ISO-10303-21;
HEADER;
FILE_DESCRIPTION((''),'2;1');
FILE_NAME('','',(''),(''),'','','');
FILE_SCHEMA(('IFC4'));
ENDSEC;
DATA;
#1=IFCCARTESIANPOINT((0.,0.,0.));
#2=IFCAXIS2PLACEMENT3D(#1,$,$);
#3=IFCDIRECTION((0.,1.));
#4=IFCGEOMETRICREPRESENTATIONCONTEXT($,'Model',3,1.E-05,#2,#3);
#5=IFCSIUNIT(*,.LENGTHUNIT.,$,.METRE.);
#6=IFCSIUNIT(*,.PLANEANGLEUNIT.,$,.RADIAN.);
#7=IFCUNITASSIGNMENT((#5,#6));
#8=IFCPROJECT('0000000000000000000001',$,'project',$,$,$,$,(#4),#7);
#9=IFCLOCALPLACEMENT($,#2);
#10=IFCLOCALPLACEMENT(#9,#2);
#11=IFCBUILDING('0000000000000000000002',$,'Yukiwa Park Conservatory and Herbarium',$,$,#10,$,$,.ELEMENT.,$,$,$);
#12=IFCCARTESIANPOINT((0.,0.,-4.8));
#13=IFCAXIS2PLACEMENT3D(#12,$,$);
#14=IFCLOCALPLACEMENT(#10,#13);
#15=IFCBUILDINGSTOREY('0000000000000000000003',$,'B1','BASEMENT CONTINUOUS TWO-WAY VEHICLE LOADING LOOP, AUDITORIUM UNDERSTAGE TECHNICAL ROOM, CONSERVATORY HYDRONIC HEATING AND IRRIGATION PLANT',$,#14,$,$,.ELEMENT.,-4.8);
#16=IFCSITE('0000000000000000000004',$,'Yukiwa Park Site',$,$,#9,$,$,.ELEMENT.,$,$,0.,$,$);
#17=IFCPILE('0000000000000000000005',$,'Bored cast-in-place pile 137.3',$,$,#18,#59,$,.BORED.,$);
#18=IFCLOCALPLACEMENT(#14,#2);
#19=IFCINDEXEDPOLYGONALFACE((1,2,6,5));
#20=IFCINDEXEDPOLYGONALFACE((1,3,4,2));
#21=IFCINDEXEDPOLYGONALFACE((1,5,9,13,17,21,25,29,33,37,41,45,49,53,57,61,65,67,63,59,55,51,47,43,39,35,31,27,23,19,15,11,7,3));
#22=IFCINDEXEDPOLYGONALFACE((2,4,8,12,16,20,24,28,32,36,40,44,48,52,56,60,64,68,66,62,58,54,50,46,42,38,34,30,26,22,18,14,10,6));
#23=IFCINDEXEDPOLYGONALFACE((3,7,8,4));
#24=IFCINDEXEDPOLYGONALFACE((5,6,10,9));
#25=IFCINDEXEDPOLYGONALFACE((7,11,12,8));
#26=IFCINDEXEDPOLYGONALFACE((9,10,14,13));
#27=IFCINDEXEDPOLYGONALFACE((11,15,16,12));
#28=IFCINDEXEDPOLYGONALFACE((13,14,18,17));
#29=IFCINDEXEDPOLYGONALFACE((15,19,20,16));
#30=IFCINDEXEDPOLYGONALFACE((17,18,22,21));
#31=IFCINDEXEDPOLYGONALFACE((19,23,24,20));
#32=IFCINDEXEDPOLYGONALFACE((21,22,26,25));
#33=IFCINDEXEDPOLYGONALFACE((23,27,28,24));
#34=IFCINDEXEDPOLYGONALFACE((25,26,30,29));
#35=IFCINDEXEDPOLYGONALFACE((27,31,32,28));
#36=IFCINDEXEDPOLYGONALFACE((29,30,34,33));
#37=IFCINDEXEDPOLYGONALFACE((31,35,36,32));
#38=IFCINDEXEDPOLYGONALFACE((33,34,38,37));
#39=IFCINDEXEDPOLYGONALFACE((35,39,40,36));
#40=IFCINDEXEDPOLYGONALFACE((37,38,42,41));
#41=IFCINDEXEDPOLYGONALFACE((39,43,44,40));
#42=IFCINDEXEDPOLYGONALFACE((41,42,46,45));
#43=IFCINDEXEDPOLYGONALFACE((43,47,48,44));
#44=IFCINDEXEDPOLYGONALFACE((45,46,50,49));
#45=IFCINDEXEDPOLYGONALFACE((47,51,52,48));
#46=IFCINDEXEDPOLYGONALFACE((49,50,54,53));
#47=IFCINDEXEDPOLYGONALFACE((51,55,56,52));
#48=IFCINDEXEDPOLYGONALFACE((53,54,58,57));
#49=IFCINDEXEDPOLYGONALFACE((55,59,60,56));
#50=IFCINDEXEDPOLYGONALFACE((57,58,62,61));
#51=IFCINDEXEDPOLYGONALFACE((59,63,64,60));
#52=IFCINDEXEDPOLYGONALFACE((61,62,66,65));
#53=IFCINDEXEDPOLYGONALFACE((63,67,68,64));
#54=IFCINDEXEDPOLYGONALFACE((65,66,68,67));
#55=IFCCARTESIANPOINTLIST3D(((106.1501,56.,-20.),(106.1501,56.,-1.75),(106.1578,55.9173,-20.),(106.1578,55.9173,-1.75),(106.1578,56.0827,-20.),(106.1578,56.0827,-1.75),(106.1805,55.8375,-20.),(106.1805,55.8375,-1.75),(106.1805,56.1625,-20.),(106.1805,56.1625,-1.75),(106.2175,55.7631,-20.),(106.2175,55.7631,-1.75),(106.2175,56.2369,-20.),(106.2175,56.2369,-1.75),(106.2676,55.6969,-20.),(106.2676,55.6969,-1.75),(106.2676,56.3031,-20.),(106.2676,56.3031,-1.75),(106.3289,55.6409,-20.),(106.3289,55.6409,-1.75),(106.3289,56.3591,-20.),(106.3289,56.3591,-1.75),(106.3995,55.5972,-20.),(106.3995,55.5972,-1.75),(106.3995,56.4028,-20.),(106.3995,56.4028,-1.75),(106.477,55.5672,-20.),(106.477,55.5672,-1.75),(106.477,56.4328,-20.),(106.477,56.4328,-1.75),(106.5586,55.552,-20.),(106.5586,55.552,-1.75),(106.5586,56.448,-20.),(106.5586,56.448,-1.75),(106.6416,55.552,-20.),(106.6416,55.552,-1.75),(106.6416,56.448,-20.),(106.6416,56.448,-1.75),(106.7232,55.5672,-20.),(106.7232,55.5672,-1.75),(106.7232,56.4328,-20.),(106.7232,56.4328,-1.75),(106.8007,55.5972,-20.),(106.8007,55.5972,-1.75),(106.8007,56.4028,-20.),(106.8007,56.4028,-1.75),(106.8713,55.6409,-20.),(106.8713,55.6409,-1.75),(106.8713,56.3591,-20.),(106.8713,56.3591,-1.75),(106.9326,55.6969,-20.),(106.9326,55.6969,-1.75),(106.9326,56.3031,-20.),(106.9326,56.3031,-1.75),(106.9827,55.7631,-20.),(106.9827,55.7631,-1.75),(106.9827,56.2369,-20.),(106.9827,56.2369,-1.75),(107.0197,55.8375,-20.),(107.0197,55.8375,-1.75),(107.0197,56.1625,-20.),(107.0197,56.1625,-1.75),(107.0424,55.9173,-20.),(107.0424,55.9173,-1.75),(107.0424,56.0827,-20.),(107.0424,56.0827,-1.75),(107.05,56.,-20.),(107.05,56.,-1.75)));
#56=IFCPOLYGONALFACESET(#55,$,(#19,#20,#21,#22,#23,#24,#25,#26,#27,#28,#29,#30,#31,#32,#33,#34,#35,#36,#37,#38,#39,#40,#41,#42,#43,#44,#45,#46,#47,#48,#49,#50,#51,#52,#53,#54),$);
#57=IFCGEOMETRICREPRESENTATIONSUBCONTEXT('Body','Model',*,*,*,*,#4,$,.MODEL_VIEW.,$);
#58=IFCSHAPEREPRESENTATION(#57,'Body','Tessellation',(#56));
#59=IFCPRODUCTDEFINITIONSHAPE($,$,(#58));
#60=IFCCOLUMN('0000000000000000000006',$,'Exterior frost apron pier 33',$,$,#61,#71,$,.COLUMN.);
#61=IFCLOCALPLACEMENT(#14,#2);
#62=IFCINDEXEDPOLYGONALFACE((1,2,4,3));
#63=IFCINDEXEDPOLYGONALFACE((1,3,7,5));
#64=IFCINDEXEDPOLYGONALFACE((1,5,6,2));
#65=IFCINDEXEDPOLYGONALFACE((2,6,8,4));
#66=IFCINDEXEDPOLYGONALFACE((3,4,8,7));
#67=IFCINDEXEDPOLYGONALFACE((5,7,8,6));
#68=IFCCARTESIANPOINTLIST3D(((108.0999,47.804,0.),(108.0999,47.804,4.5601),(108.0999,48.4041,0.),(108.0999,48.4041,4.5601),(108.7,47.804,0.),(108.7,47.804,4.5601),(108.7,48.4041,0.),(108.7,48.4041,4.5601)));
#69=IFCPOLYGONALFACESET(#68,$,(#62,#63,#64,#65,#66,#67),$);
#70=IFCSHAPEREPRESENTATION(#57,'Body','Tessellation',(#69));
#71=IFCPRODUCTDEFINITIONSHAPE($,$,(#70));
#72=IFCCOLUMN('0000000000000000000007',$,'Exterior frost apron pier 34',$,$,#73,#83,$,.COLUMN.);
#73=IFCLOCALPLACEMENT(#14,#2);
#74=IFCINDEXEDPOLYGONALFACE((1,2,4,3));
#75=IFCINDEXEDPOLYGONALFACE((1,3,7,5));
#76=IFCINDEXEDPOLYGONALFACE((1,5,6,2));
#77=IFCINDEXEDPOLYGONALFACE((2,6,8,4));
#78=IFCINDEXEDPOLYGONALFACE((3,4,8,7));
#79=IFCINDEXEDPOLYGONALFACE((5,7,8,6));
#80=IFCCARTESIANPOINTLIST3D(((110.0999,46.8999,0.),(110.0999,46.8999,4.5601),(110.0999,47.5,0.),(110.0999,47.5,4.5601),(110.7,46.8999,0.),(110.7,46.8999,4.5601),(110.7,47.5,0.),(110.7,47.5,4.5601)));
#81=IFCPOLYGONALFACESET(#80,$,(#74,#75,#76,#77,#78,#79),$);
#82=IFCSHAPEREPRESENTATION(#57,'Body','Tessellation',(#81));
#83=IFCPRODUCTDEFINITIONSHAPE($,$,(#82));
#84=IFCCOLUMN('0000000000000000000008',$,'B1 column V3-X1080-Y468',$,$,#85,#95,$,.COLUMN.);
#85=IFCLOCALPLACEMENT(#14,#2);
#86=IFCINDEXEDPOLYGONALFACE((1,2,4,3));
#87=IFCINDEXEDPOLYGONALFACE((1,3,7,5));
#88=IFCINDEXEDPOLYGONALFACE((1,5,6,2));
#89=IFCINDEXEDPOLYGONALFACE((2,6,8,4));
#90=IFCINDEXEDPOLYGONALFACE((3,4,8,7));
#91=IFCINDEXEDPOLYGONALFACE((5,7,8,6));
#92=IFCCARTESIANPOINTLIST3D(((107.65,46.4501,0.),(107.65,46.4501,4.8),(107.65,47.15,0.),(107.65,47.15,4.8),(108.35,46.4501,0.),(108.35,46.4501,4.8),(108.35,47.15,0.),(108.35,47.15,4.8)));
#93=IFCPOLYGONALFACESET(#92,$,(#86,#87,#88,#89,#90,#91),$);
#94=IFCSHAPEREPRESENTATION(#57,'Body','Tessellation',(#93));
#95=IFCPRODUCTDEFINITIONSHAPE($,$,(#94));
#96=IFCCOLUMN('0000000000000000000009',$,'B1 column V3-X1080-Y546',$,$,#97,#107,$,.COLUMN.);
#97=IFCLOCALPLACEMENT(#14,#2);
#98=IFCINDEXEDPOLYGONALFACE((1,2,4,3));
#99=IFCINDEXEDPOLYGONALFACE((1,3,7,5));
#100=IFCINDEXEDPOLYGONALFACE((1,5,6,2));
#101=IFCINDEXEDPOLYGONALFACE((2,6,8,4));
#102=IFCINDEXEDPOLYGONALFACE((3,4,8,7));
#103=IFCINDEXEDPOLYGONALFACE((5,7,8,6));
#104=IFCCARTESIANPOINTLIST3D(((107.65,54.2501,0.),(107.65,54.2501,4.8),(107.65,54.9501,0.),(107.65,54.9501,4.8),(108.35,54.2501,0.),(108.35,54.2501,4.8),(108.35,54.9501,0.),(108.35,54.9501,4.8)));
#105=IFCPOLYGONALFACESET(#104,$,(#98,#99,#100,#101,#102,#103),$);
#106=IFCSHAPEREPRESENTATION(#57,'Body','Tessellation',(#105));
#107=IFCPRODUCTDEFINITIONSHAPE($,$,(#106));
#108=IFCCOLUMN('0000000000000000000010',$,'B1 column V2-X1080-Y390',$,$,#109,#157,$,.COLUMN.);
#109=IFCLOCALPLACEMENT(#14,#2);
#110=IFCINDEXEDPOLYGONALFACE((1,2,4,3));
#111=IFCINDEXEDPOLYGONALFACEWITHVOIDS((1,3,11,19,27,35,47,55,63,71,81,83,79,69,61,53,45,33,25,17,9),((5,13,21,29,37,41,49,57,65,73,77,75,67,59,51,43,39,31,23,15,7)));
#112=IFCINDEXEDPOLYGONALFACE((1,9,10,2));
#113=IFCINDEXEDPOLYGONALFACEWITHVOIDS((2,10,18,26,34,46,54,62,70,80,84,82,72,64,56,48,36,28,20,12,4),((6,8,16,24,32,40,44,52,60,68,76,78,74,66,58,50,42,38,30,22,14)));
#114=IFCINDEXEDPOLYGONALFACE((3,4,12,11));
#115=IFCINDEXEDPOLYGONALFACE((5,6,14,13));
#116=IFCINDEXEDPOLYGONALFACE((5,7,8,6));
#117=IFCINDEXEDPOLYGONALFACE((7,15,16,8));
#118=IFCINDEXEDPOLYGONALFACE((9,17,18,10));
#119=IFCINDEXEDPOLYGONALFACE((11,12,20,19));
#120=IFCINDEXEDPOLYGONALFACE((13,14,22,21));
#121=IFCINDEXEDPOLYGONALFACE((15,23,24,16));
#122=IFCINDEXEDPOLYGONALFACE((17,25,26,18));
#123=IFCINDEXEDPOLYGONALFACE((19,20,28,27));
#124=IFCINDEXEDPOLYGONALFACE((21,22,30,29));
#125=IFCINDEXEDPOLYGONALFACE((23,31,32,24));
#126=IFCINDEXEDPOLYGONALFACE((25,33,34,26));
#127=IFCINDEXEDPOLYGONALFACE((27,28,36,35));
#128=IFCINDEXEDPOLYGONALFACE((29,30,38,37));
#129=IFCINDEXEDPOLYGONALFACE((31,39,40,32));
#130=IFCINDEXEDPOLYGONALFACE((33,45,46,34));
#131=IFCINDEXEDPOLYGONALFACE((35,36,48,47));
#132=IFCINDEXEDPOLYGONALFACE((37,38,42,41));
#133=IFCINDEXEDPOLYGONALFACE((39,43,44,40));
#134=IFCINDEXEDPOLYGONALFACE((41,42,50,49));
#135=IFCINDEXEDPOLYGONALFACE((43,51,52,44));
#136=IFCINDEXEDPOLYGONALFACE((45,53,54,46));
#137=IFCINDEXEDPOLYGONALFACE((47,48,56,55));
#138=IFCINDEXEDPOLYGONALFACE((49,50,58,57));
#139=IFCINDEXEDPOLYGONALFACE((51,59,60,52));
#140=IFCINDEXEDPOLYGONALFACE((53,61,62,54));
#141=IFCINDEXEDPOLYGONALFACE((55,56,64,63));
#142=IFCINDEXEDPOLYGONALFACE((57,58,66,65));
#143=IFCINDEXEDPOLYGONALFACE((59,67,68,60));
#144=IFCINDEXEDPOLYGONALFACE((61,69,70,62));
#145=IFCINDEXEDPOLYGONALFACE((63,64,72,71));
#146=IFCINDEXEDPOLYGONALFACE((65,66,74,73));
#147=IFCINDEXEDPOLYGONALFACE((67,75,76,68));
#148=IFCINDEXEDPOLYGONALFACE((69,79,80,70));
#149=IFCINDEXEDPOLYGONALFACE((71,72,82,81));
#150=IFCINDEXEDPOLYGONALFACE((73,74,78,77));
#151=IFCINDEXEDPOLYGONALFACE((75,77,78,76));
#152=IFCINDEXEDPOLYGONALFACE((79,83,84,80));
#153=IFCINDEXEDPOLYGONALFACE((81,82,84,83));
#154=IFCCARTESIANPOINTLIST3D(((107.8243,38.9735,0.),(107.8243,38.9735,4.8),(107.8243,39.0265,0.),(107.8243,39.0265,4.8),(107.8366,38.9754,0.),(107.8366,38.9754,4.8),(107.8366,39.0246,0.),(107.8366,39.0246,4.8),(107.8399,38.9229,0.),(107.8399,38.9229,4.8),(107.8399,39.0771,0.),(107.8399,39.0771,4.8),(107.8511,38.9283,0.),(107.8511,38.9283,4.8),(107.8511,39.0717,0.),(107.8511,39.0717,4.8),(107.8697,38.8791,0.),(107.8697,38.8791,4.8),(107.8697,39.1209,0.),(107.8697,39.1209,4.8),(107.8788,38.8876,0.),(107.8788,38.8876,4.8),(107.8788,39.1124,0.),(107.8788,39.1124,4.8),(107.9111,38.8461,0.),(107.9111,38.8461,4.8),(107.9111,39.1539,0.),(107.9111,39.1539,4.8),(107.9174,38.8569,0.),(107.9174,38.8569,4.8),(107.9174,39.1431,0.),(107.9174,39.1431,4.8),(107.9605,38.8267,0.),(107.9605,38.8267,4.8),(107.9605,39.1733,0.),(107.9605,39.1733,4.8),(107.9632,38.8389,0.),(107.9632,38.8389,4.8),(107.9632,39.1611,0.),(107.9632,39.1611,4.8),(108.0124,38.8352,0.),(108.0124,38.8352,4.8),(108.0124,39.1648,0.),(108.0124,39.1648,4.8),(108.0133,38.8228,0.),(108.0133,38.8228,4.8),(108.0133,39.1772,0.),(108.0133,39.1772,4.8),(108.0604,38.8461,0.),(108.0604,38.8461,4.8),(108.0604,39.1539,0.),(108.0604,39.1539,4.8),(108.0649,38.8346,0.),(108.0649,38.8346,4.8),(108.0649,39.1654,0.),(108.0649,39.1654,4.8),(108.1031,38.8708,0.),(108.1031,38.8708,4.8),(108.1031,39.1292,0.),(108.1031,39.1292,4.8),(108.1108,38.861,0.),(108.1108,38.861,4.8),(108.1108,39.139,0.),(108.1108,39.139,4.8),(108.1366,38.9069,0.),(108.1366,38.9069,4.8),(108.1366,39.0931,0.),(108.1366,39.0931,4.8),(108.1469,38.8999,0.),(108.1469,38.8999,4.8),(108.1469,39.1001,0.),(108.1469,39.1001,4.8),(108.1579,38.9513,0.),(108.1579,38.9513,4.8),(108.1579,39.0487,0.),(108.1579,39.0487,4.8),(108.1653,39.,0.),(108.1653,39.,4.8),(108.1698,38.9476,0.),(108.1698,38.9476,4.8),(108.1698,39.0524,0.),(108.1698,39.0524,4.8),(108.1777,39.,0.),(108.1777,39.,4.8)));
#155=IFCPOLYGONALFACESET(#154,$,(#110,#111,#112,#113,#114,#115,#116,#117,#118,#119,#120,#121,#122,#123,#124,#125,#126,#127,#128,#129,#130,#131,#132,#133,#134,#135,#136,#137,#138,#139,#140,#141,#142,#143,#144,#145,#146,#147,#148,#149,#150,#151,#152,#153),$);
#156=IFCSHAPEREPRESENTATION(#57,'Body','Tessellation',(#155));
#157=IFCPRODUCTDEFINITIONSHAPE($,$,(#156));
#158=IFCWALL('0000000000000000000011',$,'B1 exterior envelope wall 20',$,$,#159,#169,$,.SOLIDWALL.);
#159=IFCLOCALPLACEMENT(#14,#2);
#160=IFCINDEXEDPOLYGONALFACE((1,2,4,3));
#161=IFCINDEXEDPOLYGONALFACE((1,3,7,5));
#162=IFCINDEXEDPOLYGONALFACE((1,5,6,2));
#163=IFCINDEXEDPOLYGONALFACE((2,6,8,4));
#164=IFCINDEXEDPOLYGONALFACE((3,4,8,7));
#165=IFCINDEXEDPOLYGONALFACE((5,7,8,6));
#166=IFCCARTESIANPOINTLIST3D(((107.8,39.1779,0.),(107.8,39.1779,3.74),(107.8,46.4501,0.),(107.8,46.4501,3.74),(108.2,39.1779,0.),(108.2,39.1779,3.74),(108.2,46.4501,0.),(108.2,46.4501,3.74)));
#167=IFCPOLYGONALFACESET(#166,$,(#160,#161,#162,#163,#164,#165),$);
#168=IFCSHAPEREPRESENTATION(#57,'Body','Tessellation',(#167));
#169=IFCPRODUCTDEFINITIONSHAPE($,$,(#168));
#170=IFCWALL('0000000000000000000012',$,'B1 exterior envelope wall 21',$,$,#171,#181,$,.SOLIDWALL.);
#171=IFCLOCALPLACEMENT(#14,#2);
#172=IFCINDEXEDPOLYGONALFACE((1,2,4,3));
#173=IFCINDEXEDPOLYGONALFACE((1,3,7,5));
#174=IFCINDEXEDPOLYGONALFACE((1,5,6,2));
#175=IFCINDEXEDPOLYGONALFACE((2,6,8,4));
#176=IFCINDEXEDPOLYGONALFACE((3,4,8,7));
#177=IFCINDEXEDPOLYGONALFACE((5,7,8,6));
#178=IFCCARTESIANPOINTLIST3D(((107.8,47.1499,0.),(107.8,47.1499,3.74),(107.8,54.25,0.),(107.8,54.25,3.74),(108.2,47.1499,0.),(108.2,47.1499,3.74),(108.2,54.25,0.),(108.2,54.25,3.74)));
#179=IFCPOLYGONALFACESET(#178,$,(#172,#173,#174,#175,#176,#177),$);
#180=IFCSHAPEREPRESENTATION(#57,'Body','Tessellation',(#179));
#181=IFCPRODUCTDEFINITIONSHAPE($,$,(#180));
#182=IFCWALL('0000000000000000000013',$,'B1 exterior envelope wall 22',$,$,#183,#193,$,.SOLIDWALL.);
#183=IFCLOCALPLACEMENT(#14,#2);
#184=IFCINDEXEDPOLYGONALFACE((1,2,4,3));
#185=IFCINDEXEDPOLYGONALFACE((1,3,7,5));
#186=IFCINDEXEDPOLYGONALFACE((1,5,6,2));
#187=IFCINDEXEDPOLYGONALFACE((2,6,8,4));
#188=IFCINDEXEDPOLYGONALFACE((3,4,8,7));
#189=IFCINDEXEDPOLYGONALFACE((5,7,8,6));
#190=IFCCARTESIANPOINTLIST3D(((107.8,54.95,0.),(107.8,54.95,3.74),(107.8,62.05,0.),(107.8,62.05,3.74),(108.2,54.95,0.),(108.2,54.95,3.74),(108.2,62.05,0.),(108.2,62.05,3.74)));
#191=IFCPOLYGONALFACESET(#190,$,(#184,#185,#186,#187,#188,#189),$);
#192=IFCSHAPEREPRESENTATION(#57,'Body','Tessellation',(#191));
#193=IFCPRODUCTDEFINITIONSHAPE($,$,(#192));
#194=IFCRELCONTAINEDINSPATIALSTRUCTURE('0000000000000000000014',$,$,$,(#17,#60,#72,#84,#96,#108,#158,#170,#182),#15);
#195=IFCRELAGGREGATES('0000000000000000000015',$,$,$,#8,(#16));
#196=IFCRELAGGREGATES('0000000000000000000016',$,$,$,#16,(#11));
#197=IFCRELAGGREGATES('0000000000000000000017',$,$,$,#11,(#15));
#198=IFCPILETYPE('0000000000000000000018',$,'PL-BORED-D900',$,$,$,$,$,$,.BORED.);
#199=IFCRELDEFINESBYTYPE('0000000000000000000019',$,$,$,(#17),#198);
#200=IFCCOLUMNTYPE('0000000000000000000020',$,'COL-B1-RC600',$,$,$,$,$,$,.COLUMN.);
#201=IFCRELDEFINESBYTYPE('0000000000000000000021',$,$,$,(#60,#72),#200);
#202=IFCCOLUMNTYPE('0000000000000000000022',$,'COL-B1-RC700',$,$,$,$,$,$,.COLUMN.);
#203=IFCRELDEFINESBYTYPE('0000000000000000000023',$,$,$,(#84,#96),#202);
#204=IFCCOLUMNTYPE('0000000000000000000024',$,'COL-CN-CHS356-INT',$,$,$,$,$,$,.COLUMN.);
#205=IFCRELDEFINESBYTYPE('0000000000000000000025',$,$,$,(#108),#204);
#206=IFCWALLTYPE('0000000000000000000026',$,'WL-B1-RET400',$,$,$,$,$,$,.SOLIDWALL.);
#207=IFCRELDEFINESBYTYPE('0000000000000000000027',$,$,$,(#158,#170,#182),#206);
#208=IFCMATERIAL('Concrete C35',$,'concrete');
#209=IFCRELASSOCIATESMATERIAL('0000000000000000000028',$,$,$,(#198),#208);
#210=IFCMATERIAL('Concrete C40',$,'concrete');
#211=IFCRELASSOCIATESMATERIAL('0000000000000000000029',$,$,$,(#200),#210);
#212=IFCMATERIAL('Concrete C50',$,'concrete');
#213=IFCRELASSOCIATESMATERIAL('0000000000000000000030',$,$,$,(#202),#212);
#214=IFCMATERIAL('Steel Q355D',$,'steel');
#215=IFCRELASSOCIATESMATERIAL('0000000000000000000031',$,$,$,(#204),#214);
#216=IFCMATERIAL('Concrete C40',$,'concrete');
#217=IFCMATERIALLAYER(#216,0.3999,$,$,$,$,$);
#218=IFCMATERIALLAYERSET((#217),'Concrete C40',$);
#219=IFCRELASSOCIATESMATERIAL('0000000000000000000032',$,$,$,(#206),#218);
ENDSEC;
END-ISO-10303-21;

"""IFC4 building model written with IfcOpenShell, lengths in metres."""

from ifc_helpers import new_model, si_unit, direction, frame, frame_2d, origin, origin_2d, place, context, subcontext, project, spatial, rectangle, circle, hollow_circle, extrude, material, layer, layer_set, material_profile, profile_set, type_object, element, save


model = new_model("IFC4")

# Units and contexts
model_context = context("Model", 3, precision=1e-05, world=origin(), true_north=direction((0.0, 1.0)))
body_context = subcontext(model_context, "Body", "Model", "MODEL_VIEW")
ifc_project = project(units=[si_unit("LENGTHUNIT", "METRE"), si_unit("PLANEANGLEUNIT", "RADIAN")], contexts=[model_context])

# Site, building, storey
site_placement = place(None, origin())
site = spatial("IfcSite", under=ifc_project, at=site_placement, Name="Yukiwa Park Site", CompositionType="ELEMENT", RefElevation=0.0)
building_placement = place(site_placement, origin())
building = spatial("IfcBuilding", under=site, at=building_placement, Name="Yukiwa Park Conservatory and Herbarium", CompositionType="ELEMENT")
storey_placement = place(building_placement, frame((0.0, 0.0, -4.8)))
storey = spatial("IfcBuildingStorey", under=building, at=storey_placement, Name="B1", Description="BASEMENT CONTINUOUS TWO-WAY VEHICLE LOADING LOOP, AUDITORIUM UNDERSTAGE TECHNICAL ROOM, CONSERVATORY HYDRONIC HEATING AND IRRIGATION PLANT", CompositionType="ELEMENT", Elevation=-4.8)

# Pile
ifc_material_1 = material(Name="Concrete C35", Category="concrete")
ifc_material_profile_1 = material_profile(ifc_material_1, circle(Radius=0.45, at=origin_2d()), Name="PILE D900")
ifc_profile_set_1 = profile_set([ifc_material_profile_1], Name="Concrete C35")
pile_type_1 = type_object("IfcPileType", Name="PL-BORED-D900", PredefinedType="BORED", material=ifc_profile_set_1)
for number, where, z_axis, x_axis, name in (
    (1, (106.6001, 56.0, -1.75), (0.0, 0.0, -1.0), (1.0, 0.0, 0.0), "Bored cast-in-place pile 137.3"),
):
    element("IfcPile", number, at=place(storey_placement, frame(where, z_axis=z_axis, x_axis=x_axis)), inside=storey, type_object=pile_type_1, Name=name, PredefinedType="BORED", context=body_context, shape_type="SweptSolid", body=[
        extrude(circle(Radius=0.45, at=origin_2d()), origin(), (0.0, 0.0, 1.0), 18.25),
    ])

# Columns
ifc_material_2 = material(Name="Concrete C40", Category="concrete")
ifc_material_profile_2 = material_profile(ifc_material_2, rectangle(XDim=0.6001, YDim=0.6001, at=origin_2d()), Name="RC 600x600")
ifc_profile_set_2 = profile_set([ifc_material_profile_2], Name="Concrete C40")
column_type_1 = type_object("IfcColumnType", Name="COL-B1-RC600", PredefinedType="COLUMN", material=ifc_profile_set_2)
for number, where, z_axis, x_axis, name in (
    (2, (108.3999, 48.104, 0.0), (0.0, 0.0, 1.0), (1.0, 0.0, 0.0), "Exterior frost apron pier 33"),
    (3, (110.3999, 47.2, 0.0), (0.0, 0.0, 1.0), (1.0, 0.0, 0.0), "Exterior frost apron pier 34"),
):
    element("IfcColumn", number, at=place(storey_placement, frame(where, z_axis=z_axis, x_axis=x_axis)), inside=storey, type_object=column_type_1, Name=name, PredefinedType="COLUMN", context=body_context, shape_type="SweptSolid", body=[
        extrude(rectangle(XDim=0.6001, YDim=0.6001, at=origin_2d()), origin(), (0.0, 0.0, 1.0), 4.5601),
    ])
ifc_material_3 = material(Name="Concrete C50", Category="concrete")
ifc_material_profile_3 = material_profile(ifc_material_3, rectangle(XDim=0.7, YDim=0.7, at=origin_2d()), Name="RC 700x700")
ifc_profile_set_3 = profile_set([ifc_material_profile_3], Name="Concrete C50")
column_type_2 = type_object("IfcColumnType", Name="COL-B1-RC700", PredefinedType="COLUMN", material=ifc_profile_set_3)
for number, where, z_axis, x_axis, name in (
    (4, (108.0, 46.8, 0.0), (0.0, 0.0, 1.0), (1.0, 0.0, 0.0), "B1 column V3-X1080-Y468"),
    (5, (108.0, 54.6001, 0.0), (0.0, 0.0, 1.0), (1.0, 0.0, 0.0), "B1 column V3-X1080-Y546"),
):
    element("IfcColumn", number, at=place(storey_placement, frame(where, z_axis=z_axis, x_axis=x_axis)), inside=storey, type_object=column_type_2, Name=name, PredefinedType="COLUMN", context=body_context, shape_type="SweptSolid", body=[
        extrude(rectangle(XDim=0.7, YDim=0.7, at=origin_2d()), origin(), (0.0, 0.0, 1.0), 4.8),
    ])
ifc_material_4 = material(Name="Steel Q355D", Category="steel")
ifc_material_profile_4 = material_profile(ifc_material_4, hollow_circle(Radius=0.1777, WallThickness=0.0125, at=origin_2d()), Name="CHS 355.6x12.5")
ifc_profile_set_4 = profile_set([ifc_material_profile_4], Name="Steel Q355D")
column_type_3 = type_object("IfcColumnType", Name="COL-CN-CHS356-INT", PredefinedType="COLUMN", material=ifc_profile_set_4)
column_placement = place(storey_placement, frame((108.0, 39.0, 0.0), z_axis=(0.0, 0.0, 1.0), x_axis=(1.0, 0.0, 0.0)))
element("IfcColumn", 6, at=column_placement, inside=storey, type_object=column_type_3, Name="B1 column V2-X1080-Y390", PredefinedType="COLUMN", context=body_context, shape_type="SweptSolid", body=[
    extrude(hollow_circle(Radius=0.1777, WallThickness=0.0125, at=origin_2d()), origin(), (0.0, 0.0, 1.0), 4.8),
])

# Walls
ifc_material_5 = material(Name="Concrete C40", Category="concrete")
ifc_layer_1 = layer(ifc_material_5, 0.3999)
ifc_layer_set_1 = layer_set([ifc_layer_1], Name="Concrete C40")
wall_type_1 = type_object("IfcWallType", Name="WL-B1-RET400", PredefinedType="SOLIDWALL", material=ifc_layer_set_1)
wall_1_placement = place(storey_placement, frame((108.0, 39.1777, 0.0), z_axis=(0.0, 0.0, 1.0), x_axis=(0.0, 1.0, 0.0)))
element("IfcWall", 7, at=wall_1_placement, inside=storey, type_object=wall_type_1, Name="B1 exterior envelope wall 20", PredefinedType="SOLIDWALL", context=body_context, shape_type="SweptSolid", body=[
    extrude(rectangle(XDim=7.2722, YDim=0.3999, at=frame_2d((3.6362, 0.0))), origin(), (0.0, 0.0, 1.0), 3.74),
])
for number, where, z_axis, x_axis, name in (
    (8, (108.0, 47.1499, 0.0), (0.0, 0.0, 1.0), (0.0, 1.0, 0.0), "B1 exterior envelope wall 21"),
    (9, (108.0, 54.95, 0.0), (0.0, 0.0, 1.0), (0.0, 1.0, 0.0), "B1 exterior envelope wall 22"),
):
    element("IfcWall", number, at=place(storey_placement, frame(where, z_axis=z_axis, x_axis=x_axis)), inside=storey, type_object=wall_type_1, Name=name, PredefinedType="SOLIDWALL", context=body_context, shape_type="SweptSolid", body=[
        extrude(rectangle(XDim=7.1001, YDim=0.3999, at=frame_2d((3.55, 0.0))), origin(), (0.0, 0.0, 1.0), 3.74),
    ])

save(model, "model.ifc")
